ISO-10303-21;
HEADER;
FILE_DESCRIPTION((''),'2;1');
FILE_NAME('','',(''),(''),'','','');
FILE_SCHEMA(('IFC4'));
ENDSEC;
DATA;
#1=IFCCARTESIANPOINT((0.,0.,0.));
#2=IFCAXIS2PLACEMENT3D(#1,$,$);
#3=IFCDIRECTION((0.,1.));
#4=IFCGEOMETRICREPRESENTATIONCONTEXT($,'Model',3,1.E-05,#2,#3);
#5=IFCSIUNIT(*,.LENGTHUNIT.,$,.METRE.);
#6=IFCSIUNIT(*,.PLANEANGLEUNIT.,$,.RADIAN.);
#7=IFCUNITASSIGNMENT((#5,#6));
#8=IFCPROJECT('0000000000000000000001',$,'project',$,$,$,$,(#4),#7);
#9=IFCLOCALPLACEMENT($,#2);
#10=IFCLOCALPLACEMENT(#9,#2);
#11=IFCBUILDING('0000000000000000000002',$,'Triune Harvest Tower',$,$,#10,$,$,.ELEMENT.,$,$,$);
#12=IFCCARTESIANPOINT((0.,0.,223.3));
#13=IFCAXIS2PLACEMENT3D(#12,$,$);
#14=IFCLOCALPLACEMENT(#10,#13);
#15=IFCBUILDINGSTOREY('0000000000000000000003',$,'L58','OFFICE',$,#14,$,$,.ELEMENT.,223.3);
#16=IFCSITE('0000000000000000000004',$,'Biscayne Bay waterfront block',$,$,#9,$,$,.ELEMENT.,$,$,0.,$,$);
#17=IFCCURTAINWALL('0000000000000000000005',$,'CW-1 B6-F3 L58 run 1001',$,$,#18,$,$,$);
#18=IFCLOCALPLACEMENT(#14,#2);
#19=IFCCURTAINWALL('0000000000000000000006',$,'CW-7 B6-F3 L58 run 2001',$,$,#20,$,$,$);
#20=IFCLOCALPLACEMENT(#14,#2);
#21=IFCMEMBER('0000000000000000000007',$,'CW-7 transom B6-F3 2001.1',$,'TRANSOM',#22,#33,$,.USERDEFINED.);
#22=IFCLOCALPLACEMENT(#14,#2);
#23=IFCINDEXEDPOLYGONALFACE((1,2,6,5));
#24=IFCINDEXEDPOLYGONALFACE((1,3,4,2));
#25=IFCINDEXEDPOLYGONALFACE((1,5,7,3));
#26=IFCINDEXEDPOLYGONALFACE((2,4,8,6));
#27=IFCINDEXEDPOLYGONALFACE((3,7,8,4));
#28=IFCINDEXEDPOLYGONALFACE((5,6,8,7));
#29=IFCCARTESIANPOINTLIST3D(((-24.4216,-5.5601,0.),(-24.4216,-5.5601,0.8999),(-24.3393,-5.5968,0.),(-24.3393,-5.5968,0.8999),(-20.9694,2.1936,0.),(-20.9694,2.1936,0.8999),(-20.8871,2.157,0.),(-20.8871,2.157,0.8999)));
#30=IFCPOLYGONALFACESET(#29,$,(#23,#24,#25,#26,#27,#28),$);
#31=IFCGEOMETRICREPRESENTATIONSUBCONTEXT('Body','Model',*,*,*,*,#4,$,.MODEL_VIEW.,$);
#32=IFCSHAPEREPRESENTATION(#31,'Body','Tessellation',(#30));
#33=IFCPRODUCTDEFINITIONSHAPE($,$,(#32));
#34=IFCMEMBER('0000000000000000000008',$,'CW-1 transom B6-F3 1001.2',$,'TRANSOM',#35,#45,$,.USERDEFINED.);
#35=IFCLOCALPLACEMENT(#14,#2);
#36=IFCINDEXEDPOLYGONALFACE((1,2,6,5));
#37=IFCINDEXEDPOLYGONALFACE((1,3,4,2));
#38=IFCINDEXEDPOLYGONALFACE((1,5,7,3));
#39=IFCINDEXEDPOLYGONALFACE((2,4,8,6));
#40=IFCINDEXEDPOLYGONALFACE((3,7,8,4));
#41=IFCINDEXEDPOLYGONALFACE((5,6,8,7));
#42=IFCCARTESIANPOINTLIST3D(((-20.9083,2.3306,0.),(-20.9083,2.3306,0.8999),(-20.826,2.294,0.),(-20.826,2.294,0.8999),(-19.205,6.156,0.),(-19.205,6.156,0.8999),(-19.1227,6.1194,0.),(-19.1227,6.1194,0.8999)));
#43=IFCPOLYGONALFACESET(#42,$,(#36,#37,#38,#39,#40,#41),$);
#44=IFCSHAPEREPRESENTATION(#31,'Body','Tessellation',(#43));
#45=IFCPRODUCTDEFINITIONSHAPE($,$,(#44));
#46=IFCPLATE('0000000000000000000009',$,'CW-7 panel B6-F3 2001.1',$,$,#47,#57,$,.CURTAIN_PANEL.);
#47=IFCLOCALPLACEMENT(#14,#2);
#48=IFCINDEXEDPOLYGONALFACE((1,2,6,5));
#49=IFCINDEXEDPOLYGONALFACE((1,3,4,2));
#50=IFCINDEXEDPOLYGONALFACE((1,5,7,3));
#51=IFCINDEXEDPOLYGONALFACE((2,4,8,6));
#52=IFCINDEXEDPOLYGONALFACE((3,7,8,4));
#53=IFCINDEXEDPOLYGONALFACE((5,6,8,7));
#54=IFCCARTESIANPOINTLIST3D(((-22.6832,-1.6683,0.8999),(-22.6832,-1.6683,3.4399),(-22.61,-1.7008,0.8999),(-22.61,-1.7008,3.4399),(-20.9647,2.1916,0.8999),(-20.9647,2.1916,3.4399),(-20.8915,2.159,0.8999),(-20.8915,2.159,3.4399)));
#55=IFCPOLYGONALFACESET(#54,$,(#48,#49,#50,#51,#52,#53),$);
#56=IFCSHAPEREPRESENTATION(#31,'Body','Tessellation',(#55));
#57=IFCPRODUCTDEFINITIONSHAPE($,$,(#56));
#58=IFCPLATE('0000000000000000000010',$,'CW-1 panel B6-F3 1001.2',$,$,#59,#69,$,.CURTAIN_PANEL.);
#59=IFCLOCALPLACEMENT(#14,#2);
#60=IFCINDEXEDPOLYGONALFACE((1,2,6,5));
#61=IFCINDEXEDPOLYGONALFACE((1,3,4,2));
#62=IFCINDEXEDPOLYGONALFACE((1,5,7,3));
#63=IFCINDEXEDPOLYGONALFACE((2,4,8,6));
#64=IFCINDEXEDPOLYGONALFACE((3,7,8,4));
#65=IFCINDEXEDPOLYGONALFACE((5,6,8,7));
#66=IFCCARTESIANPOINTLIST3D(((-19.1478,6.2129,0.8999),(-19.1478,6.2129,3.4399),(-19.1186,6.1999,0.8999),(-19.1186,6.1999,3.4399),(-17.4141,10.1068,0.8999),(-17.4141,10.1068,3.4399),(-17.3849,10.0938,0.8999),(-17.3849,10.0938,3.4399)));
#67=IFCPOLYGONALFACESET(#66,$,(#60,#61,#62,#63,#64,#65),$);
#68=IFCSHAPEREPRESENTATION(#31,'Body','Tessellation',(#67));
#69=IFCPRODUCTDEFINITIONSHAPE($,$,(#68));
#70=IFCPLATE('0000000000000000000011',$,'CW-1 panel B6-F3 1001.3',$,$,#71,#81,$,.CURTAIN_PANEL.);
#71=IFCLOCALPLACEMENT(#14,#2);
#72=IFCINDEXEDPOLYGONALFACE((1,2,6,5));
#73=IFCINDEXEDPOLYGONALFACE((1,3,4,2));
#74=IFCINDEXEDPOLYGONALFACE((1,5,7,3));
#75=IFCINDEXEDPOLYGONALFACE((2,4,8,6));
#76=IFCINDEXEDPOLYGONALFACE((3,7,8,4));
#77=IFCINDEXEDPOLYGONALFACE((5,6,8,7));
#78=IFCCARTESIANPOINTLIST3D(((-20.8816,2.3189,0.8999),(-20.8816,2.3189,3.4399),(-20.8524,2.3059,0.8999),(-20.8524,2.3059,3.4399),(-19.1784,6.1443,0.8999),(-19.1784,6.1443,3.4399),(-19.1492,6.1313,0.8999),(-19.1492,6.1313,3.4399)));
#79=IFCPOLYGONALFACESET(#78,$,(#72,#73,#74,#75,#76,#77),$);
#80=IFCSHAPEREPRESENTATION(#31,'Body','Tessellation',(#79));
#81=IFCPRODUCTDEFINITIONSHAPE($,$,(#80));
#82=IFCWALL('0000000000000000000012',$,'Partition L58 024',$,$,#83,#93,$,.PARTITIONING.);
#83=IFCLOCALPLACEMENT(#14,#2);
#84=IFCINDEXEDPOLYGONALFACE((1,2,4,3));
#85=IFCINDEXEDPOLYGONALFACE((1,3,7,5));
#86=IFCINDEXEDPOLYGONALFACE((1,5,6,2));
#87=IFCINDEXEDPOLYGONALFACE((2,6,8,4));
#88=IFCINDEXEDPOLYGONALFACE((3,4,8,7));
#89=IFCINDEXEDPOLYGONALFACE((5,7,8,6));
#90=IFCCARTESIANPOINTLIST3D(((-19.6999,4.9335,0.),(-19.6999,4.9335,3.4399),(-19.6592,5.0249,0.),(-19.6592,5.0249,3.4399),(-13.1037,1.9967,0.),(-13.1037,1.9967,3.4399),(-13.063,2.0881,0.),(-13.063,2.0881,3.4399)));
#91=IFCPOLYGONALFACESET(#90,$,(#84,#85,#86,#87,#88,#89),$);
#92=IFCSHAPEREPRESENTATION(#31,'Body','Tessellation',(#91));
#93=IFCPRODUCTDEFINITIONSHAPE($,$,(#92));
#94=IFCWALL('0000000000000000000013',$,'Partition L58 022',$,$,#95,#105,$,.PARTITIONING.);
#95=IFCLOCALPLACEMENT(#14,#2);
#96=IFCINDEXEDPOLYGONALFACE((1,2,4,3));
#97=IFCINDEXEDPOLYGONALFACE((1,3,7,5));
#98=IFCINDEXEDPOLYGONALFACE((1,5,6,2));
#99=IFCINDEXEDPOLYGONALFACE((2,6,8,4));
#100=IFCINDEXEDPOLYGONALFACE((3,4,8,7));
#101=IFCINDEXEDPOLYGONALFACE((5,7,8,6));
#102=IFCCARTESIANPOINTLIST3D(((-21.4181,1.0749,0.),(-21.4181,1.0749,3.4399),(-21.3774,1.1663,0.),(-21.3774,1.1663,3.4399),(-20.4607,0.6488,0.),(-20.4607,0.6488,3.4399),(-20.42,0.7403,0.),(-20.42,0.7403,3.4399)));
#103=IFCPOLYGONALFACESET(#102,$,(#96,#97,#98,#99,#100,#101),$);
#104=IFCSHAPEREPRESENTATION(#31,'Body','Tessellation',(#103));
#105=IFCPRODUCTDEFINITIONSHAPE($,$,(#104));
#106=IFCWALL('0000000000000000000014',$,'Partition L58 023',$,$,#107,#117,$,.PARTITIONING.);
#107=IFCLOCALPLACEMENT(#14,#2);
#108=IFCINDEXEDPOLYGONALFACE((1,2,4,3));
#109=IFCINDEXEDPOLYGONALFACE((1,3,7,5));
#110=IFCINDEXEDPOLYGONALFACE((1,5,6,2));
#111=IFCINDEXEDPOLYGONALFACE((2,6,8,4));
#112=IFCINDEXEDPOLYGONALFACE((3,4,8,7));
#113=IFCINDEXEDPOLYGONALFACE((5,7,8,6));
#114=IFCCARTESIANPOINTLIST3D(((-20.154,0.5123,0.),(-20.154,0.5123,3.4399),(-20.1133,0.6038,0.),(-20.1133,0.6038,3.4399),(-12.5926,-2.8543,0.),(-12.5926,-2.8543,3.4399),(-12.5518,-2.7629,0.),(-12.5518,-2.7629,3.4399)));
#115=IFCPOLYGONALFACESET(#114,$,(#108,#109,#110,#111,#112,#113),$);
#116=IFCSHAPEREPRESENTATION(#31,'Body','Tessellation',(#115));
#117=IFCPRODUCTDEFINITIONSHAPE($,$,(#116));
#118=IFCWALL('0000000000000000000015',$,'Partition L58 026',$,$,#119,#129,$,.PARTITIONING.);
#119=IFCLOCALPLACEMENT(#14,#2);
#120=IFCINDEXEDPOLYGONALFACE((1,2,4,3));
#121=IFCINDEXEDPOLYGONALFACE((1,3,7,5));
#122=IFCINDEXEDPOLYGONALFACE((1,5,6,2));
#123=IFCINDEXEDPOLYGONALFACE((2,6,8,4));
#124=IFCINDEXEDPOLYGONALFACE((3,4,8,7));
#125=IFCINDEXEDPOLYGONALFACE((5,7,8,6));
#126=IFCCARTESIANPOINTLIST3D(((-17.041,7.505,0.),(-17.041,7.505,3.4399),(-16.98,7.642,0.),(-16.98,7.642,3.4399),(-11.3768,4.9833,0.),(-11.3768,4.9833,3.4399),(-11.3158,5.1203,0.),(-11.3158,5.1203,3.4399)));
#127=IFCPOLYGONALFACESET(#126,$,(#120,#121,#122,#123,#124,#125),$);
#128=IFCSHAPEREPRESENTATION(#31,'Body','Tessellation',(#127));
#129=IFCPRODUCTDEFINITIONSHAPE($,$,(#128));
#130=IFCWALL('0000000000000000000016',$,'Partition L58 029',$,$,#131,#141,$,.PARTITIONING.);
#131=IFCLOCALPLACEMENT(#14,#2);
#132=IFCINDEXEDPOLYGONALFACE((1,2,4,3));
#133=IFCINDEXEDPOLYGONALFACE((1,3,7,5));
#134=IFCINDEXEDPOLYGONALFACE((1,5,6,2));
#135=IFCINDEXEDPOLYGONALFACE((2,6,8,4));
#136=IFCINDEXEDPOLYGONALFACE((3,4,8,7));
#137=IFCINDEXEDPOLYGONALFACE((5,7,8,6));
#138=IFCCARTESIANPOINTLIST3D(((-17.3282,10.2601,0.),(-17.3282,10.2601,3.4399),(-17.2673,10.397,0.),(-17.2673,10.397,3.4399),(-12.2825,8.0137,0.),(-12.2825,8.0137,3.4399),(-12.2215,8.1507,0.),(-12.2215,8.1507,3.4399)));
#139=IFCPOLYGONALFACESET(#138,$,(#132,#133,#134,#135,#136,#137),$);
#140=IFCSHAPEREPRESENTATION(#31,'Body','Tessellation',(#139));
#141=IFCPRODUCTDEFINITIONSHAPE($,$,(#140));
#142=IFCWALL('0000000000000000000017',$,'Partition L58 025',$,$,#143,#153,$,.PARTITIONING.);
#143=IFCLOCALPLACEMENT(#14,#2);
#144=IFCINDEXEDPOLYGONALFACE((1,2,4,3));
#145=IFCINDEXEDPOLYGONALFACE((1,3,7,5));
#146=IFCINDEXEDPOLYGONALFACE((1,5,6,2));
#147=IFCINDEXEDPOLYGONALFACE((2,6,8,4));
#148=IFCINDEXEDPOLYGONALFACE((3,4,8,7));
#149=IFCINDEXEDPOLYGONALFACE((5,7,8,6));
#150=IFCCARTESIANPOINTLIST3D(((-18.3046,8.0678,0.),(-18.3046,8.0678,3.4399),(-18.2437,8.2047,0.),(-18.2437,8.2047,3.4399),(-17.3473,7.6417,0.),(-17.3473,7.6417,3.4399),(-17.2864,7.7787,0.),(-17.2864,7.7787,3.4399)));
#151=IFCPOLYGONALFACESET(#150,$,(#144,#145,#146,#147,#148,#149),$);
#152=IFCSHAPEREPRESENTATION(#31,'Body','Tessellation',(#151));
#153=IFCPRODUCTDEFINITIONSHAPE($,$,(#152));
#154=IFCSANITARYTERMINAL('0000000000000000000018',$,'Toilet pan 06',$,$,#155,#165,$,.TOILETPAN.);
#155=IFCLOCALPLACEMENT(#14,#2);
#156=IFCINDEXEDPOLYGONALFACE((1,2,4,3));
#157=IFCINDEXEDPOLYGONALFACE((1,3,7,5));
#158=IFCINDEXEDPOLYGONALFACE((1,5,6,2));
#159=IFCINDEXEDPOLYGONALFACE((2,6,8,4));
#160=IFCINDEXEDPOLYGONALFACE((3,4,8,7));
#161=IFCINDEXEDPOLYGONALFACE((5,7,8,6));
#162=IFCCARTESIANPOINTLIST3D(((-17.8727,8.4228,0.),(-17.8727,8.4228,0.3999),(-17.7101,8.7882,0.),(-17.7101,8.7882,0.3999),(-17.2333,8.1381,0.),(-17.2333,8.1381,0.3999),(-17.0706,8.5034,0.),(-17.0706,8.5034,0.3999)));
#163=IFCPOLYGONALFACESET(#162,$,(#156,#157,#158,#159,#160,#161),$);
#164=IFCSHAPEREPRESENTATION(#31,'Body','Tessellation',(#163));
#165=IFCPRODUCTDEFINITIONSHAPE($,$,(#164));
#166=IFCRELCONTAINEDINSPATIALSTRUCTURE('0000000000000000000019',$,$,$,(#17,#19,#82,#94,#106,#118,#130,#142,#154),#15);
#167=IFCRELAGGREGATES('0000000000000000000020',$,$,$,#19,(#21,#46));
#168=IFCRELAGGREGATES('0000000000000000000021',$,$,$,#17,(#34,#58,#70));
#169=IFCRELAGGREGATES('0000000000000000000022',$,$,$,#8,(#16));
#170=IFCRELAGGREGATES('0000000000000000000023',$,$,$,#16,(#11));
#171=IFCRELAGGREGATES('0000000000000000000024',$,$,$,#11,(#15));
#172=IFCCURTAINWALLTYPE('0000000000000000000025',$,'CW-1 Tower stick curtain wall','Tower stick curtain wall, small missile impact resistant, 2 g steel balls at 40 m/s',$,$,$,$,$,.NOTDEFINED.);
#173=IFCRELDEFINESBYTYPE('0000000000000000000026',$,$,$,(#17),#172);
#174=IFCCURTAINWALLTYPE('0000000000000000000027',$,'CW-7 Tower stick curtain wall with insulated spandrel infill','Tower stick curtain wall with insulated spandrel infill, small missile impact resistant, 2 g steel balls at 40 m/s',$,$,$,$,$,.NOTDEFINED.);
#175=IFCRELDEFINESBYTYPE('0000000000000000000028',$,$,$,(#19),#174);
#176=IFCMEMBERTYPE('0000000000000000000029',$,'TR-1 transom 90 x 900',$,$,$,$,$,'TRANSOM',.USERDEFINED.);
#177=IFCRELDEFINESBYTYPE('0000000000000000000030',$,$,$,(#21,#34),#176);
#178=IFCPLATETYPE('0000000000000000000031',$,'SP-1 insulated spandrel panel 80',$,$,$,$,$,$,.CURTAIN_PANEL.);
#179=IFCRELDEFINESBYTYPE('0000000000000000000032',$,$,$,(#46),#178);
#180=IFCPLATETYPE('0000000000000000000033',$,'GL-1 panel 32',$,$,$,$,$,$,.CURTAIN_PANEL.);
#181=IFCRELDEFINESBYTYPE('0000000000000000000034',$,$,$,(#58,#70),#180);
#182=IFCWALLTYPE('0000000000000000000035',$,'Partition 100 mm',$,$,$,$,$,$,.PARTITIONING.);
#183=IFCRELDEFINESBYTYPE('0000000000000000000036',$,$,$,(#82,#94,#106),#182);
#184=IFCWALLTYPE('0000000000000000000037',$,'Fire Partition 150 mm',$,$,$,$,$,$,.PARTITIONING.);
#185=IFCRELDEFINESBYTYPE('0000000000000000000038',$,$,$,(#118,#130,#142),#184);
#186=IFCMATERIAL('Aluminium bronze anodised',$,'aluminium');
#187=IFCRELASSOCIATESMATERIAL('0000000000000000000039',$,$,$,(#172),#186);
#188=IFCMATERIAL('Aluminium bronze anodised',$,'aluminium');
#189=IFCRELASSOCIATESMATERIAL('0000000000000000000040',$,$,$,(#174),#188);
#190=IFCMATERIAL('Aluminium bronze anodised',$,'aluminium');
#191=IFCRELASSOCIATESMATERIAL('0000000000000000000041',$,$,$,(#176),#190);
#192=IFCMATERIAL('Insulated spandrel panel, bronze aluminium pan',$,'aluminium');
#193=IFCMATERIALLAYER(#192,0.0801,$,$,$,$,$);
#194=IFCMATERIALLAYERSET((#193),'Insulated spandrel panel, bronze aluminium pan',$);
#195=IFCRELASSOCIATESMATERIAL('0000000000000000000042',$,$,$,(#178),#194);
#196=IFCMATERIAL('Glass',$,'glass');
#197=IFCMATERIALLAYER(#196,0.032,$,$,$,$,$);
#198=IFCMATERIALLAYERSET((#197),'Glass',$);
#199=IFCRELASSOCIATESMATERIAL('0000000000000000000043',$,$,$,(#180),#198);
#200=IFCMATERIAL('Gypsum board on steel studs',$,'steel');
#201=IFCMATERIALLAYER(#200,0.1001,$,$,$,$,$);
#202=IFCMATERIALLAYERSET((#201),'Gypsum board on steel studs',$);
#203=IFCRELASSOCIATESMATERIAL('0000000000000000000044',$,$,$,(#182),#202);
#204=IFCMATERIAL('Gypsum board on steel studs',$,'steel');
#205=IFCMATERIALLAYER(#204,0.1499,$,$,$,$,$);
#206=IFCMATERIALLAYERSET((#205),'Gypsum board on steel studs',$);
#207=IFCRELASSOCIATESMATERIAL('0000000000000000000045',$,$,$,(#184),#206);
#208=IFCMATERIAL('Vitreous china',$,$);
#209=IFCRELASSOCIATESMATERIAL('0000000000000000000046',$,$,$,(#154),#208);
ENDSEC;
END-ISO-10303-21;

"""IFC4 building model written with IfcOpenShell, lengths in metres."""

from ifc_helpers import new_model, si_unit, direction, frame, frame_2d, origin, origin_2d, place, context, subcontext, project, spatial, rectangle, extrude, source, transform, mapped, material, layer, layer_set, material_profile, profile_set, type_object, element, aggregate, save


model = new_model("IFC4")

# Units and contexts
model_context = context("Model", 3, precision=1e-05, world=origin(), true_north=direction((0.0, 1.0)))
body_context = subcontext(model_context, "Body", "Model", "MODEL_VIEW")
ifc_project = project(units=[si_unit("LENGTHUNIT", "METRE"), si_unit("PLANEANGLEUNIT", "RADIAN")], contexts=[model_context])

# Site, building, storey
site_placement = place(None, origin())
site = spatial("IfcSite", under=ifc_project, at=site_placement, Name="Biscayne Bay waterfront block", CompositionType="ELEMENT", RefElevation=0.0)
building_placement = place(site_placement, origin())
building = spatial("IfcBuilding", under=site, at=building_placement, Name="Triune Harvest Tower", CompositionType="ELEMENT")
storey_placement = place(building_placement, frame((0.0, 0.0, 223.3)))
storey = spatial("IfcBuildingStorey", under=building, at=storey_placement, Name="L58", Description="OFFICE", CompositionType="ELEMENT", Elevation=223.3)

# Curtain walls, member
ifc_material_1 = material(Name="Aluminium bronze anodised", Category="aluminium")
curtain_wall_type_1 = type_object("IfcCurtainWallType", Name="CW-1 Tower stick curtain wall", Description="Tower stick curtain wall, small missile impact resistant, 2 g steel balls at 40 m/s", PredefinedType="NOTDEFINED", material=ifc_material_1)
curtain_wall_1_placement = place(storey_placement, origin())
curtain_wall_1 = element("IfcCurtainWall", 1, at=curtain_wall_1_placement, inside=storey, type_object=curtain_wall_type_1, Name="CW-1 B6-F3 L58 run 1001")
ifc_material_2 = material(Name="Aluminium bronze anodised", Category="aluminium")
curtain_wall_type_2 = type_object("IfcCurtainWallType", Name="CW-7 Tower stick curtain wall with insulated spandrel infill", Description="Tower stick curtain wall with insulated spandrel infill, small missile impact resistant, 2 g steel balls at 40 m/s", PredefinedType="NOTDEFINED", material=ifc_material_2)
curtain_wall_2_placement = place(storey_placement, origin())
curtain_wall_2 = element("IfcCurtainWall", 2, at=curtain_wall_2_placement, inside=storey, type_object=curtain_wall_type_2, Name="CW-7 B6-F3 L58 run 2001")
ifc_material_3 = material(Name="Aluminium bronze anodised", Category="aluminium")
ifc_material_profile_1 = material_profile(ifc_material_3, rectangle(XDim=0.0901, YDim=0.8999, at=origin_2d()), Name="TR-1 transom 90 x 900")
ifc_profile_set_1 = profile_set([ifc_material_profile_1], Name="Aluminium bronze anodised")
member_type_1 = type_object("IfcMemberType", Name="TR-1 transom 90 x 900", ElementType="TRANSOM", PredefinedType="USERDEFINED", material=ifc_profile_set_1)
shared_shape_1 = source(origin(), body_context, "Body", "SweptSolid", [
    extrude(rectangle(XDim=0.0901, YDim=0.8999, at=origin_2d()), origin(), (0.0, 0.0, 1.0), 8.4875),
])
member_1_placement = place(storey_placement, frame((-20.9282, 2.1753, 0.45), z_axis=(-0.406736, -0.913546, 0.0), x_axis=(0.913546, -0.406736, 0.0)))
member_1 = element("IfcMember", 3, at=member_1_placement, type_object=member_type_1, Name="CW-7 transom B6-F3 2001.1", ObjectType="TRANSOM", PredefinedType="USERDEFINED", context=body_context, shape_type="MappedRepresentation", body=[
    mapped(shared_shape_1, transform((0.0, 0.0, 0.0), scale=1.0)),
])

# Member
shared_shape_2 = source(origin(), body_context, "Body", "SweptSolid", [
    extrude(rectangle(XDim=0.0901, YDim=0.8999, at=origin_2d()), origin(), (0.0, 0.0, 1.0), 4.1875),
])
member_2_placement = place(storey_placement, frame((-19.1638, 6.1377, 0.45), z_axis=(-0.406771, -0.91353, 0.0), x_axis=(0.91353, -0.406771, 0.0)))
member_2 = element("IfcMember", 4, at=member_2_placement, type_object=member_type_1, Name="CW-1 transom B6-F3 1001.2", ObjectType="TRANSOM", PredefinedType="USERDEFINED", context=body_context, shape_type="MappedRepresentation", body=[
    mapped(shared_shape_2, transform((0.0, 0.0, 0.0), scale=1.0)),
])

# Plates
ifc_material_4 = material(Name="Insulated spandrel panel, bronze aluminium pan", Category="aluminium")
ifc_layer_1 = layer(ifc_material_4, 0.0801)
ifc_layer_set_1 = layer_set([ifc_layer_1], Name="Insulated spandrel panel, bronze aluminium pan")
plate_type_1 = type_object("IfcPlateType", Name="SP-1 insulated spandrel panel 80", PredefinedType="CURTAIN_PANEL", material=ifc_layer_set_1)
shared_shape_3 = source(origin(), body_context, "Body", "SweptSolid", [
    extrude(rectangle(XDim=4.2251, YDim=0.0801, at=origin_2d()), origin(), (0.0, 0.0, 1.0), 2.54),
])
plate_1_placement = place(storey_placement, frame((-21.7874, 0.2454, 0.8999), z_axis=(0.0, 0.0, 1.0), x_axis=(-0.406736, -0.913546, 0.0)))
plate_1 = element("IfcPlate", 5, at=plate_1_placement, type_object=plate_type_1, Name="CW-7 panel B6-F3 2001.1", PredefinedType="CURTAIN_PANEL", context=body_context, shape_type="MappedRepresentation", body=[
    mapped(shared_shape_3, transform((0.0, 0.0, 0.0), scale=1.0)),
])
aggregate(curtain_wall_2, [member_1, plate_1])
ifc_material_5 = material(Name="Glass", Category="glass")
ifc_layer_2 = layer(ifc_material_5, 0.032)
ifc_layer_set_2 = layer_set([ifc_layer_2], Name="Glass")
plate_type_2 = type_object("IfcPlateType", Name="GL-1 panel 32", PredefinedType="CURTAIN_PANEL", material=ifc_layer_set_2)
shared_shape_4 = source(origin(), body_context, "Body", "SweptSolid", [
    extrude(rectangle(XDim=4.2625, YDim=0.032, at=origin_2d()), origin(), (0.0, 0.0, 1.0), 2.54),
])
plate_2_placement = place(storey_placement, frame((-18.2664, 8.1533, 0.8999), z_axis=(0.0, 0.0, 1.0), x_axis=(-0.406744, -0.913542, 0.0)))
plate_2 = element("IfcPlate", 6, at=plate_2_placement, type_object=plate_type_2, Name="CW-1 panel B6-F3 1001.2", PredefinedType="CURTAIN_PANEL", context=body_context, shape_type="MappedRepresentation", body=[
    mapped(shared_shape_4, transform((0.0, 0.0, 0.0), scale=1.0)),
])
shared_shape_5 = source(origin(), body_context, "Body", "SweptSolid", [
    extrude(rectangle(XDim=4.1875, YDim=0.032, at=origin_2d()), origin(), (0.0, 0.0, 1.0), 2.54),
])
plate_3_placement = place(storey_placement, frame((-20.0154, 4.2251, 0.8999), z_axis=(0.0, 0.0, 1.0), x_axis=(-0.406744, -0.913542, 0.0)))
plate_3 = element("IfcPlate", 7, at=plate_3_placement, type_object=plate_type_2, Name="CW-1 panel B6-F3 1001.3", PredefinedType="CURTAIN_PANEL", context=body_context, shape_type="MappedRepresentation", body=[
    mapped(shared_shape_5, transform((0.0, 0.0, 0.0), scale=1.0)),
])
aggregate(curtain_wall_1, [member_2, plate_2, plate_3])

# Walls
ifc_material_6 = material(Name="Gypsum board on steel studs", Category="steel")
ifc_layer_3 = layer(ifc_material_6, 0.1001)
ifc_layer_set_3 = layer_set([ifc_layer_3], Name="Gypsum board on steel studs")
wall_type_1 = type_object("IfcWallType", Name="Partition 100 mm", PredefinedType="PARTITIONING", material=ifc_layer_set_3)
wall_1_placement = place(storey_placement, frame((-19.6797, 4.9792, 0.0), z_axis=(0.0, 0.0, 1.0), x_axis=(0.913548, -0.406731, 0.0)))
element("IfcWall", 8, at=wall_1_placement, inside=storey, type_object=wall_type_1, Name="Partition L58 024", PredefinedType="PARTITIONING", context=body_context, shape_type="SweptSolid", body=[
    extrude(rectangle(XDim=7.2205, YDim=0.1001, at=frame_2d((3.6104, 0.0))), origin(), (0.0, 0.0, 1.0), 3.4399),
])
shared_shape_6 = source(origin(), body_context, "Body", "SweptSolid", [
    extrude(rectangle(XDim=1.0479, YDim=0.1001, at=frame_2d((0.5239, 0.0))), origin(), (0.0, 0.0, 1.0), 3.4399),
])
wall_2_placement = place(storey_placement, frame((-21.3977, 1.1206, 0.0), z_axis=(0.0, 0.0, 1.0), x_axis=(0.91361, -0.406592, 0.0)))
element("IfcWall", 9, at=wall_2_placement, inside=storey, type_object=wall_type_1, Name="Partition L58 022", PredefinedType="PARTITIONING", context=body_context, shape_type="MappedRepresentation", body=[
    mapped(shared_shape_6, transform((0.0, 0.0, 0.0), scale=1.0)),
])
shared_shape_7 = source(origin(), body_context, "Body", "SweptSolid", [
    extrude(rectangle(XDim=8.2771, YDim=0.1001, at=frame_2d((4.1387, 0.0))), origin(), (0.0, 0.0, 1.0), 3.4399),
])
wall_3_placement = place(storey_placement, frame((-20.1338, 0.5581, 0.0), z_axis=(0.0, 0.0, 1.0), x_axis=(0.913541, -0.406746, 0.0)))
element("IfcWall", 10, at=wall_3_placement, inside=storey, type_object=wall_type_1, Name="Partition L58 023", PredefinedType="PARTITIONING", context=body_context, shape_type="MappedRepresentation", body=[
    mapped(shared_shape_7, transform((0.0, 0.0, 0.0), scale=1.0)),
])
ifc_material_7 = material(Name="Gypsum board on steel studs", Category="steel")
ifc_layer_4 = layer(ifc_material_7, 0.1499)
ifc_layer_set_4 = layer_set([ifc_layer_4], Name="Gypsum board on steel studs")
wall_type_2 = type_object("IfcWallType", Name="Fire Partition 150 mm", PredefinedType="PARTITIONING", material=ifc_layer_set_4)
shared_shape_8 = source(origin(), body_context, "Body", "SweptSolid", [
    extrude(rectangle(XDim=6.2002, YDim=0.1499, at=frame_2d((3.1001, 0.0))), origin(), (0.0, 0.0, 1.0), 3.4399),
])
wall_4_placement = place(storey_placement, frame((-17.0105, 7.5735, 0.0), z_axis=(0.0, 0.0, 1.0), x_axis=(0.913556, -0.406712, 0.0)))
element("IfcWall", 11, at=wall_4_placement, inside=storey, type_object=wall_type_2, Name="Partition L58 026", PredefinedType="PARTITIONING", context=body_context, shape_type="MappedRepresentation", body=[
    mapped(shared_shape_8, transform((0.0, 0.0, 0.0), scale=1.0)),
])
shared_shape_9 = source(origin(), body_context, "Body", "SweptSolid", [
    extrude(rectangle(XDim=5.5232, YDim=0.1499, at=frame_2d((2.7617, 0.0))), origin(), (0.0, 0.0, 1.0), 3.4399),
])
wall_5_placement = place(storey_placement, frame((-17.2979, 10.3286, 0.0), z_axis=(0.0, 0.0, 1.0), x_axis=(0.913554, -0.406717, 0.0)))
element("IfcWall", 12, at=wall_5_placement, inside=storey, type_object=wall_type_2, Name="Partition L58 029", PredefinedType="PARTITIONING", context=body_context, shape_type="MappedRepresentation", body=[
    mapped(shared_shape_9, transform((0.0, 0.0, 0.0), scale=1.0)),
])
shared_shape_10 = source(origin(), body_context, "Body", "SweptSolid", [
    extrude(rectangle(XDim=1.0479, YDim=0.1499, at=frame_2d((0.5239, 0.0))), origin(), (0.0, 0.0, 1.0), 3.4399),
])
wall_6_placement = place(storey_placement, frame((-18.2742, 8.1362, 0.0), z_axis=(0.0, 0.0, 1.0), x_axis=(0.91361, -0.406592, 0.0)))
element("IfcWall", 13, at=wall_6_placement, inside=storey, type_object=wall_type_2, Name="Partition L58 025", PredefinedType="PARTITIONING", context=body_context, shape_type="MappedRepresentation", body=[
    mapped(shared_shape_10, transform((0.0, 0.0, 0.0), scale=1.0)),
])

# Sanitary terminal
ifc_material_8 = material(Name="Vitreous china")
shared_shape_11 = source(origin(), body_context, "Body", "SweptSolid", [
    extrude(rectangle(XDim=0.3999, YDim=0.7, at=origin_2d()), origin(), (0.0, 0.0, 1.0), 0.3999),
])
sanitary_terminal_1_placement = place(storey_placement, frame((-17.4717, 8.4631, 0.0), z_axis=(0.0, 0.0, 1.0), x_axis=(0.406753, 0.913538, 0.0)))
element("IfcSanitaryTerminal", 14, at=sanitary_terminal_1_placement, inside=storey, material=ifc_material_8, Name="Toilet pan 06", PredefinedType="TOILETPAN", context=body_context, shape_type="MappedRepresentation", body=[
    mapped(shared_shape_11, transform((0.0, 0.0, 0.0), scale=1.0)),
])

save(model, "model.ifc")
